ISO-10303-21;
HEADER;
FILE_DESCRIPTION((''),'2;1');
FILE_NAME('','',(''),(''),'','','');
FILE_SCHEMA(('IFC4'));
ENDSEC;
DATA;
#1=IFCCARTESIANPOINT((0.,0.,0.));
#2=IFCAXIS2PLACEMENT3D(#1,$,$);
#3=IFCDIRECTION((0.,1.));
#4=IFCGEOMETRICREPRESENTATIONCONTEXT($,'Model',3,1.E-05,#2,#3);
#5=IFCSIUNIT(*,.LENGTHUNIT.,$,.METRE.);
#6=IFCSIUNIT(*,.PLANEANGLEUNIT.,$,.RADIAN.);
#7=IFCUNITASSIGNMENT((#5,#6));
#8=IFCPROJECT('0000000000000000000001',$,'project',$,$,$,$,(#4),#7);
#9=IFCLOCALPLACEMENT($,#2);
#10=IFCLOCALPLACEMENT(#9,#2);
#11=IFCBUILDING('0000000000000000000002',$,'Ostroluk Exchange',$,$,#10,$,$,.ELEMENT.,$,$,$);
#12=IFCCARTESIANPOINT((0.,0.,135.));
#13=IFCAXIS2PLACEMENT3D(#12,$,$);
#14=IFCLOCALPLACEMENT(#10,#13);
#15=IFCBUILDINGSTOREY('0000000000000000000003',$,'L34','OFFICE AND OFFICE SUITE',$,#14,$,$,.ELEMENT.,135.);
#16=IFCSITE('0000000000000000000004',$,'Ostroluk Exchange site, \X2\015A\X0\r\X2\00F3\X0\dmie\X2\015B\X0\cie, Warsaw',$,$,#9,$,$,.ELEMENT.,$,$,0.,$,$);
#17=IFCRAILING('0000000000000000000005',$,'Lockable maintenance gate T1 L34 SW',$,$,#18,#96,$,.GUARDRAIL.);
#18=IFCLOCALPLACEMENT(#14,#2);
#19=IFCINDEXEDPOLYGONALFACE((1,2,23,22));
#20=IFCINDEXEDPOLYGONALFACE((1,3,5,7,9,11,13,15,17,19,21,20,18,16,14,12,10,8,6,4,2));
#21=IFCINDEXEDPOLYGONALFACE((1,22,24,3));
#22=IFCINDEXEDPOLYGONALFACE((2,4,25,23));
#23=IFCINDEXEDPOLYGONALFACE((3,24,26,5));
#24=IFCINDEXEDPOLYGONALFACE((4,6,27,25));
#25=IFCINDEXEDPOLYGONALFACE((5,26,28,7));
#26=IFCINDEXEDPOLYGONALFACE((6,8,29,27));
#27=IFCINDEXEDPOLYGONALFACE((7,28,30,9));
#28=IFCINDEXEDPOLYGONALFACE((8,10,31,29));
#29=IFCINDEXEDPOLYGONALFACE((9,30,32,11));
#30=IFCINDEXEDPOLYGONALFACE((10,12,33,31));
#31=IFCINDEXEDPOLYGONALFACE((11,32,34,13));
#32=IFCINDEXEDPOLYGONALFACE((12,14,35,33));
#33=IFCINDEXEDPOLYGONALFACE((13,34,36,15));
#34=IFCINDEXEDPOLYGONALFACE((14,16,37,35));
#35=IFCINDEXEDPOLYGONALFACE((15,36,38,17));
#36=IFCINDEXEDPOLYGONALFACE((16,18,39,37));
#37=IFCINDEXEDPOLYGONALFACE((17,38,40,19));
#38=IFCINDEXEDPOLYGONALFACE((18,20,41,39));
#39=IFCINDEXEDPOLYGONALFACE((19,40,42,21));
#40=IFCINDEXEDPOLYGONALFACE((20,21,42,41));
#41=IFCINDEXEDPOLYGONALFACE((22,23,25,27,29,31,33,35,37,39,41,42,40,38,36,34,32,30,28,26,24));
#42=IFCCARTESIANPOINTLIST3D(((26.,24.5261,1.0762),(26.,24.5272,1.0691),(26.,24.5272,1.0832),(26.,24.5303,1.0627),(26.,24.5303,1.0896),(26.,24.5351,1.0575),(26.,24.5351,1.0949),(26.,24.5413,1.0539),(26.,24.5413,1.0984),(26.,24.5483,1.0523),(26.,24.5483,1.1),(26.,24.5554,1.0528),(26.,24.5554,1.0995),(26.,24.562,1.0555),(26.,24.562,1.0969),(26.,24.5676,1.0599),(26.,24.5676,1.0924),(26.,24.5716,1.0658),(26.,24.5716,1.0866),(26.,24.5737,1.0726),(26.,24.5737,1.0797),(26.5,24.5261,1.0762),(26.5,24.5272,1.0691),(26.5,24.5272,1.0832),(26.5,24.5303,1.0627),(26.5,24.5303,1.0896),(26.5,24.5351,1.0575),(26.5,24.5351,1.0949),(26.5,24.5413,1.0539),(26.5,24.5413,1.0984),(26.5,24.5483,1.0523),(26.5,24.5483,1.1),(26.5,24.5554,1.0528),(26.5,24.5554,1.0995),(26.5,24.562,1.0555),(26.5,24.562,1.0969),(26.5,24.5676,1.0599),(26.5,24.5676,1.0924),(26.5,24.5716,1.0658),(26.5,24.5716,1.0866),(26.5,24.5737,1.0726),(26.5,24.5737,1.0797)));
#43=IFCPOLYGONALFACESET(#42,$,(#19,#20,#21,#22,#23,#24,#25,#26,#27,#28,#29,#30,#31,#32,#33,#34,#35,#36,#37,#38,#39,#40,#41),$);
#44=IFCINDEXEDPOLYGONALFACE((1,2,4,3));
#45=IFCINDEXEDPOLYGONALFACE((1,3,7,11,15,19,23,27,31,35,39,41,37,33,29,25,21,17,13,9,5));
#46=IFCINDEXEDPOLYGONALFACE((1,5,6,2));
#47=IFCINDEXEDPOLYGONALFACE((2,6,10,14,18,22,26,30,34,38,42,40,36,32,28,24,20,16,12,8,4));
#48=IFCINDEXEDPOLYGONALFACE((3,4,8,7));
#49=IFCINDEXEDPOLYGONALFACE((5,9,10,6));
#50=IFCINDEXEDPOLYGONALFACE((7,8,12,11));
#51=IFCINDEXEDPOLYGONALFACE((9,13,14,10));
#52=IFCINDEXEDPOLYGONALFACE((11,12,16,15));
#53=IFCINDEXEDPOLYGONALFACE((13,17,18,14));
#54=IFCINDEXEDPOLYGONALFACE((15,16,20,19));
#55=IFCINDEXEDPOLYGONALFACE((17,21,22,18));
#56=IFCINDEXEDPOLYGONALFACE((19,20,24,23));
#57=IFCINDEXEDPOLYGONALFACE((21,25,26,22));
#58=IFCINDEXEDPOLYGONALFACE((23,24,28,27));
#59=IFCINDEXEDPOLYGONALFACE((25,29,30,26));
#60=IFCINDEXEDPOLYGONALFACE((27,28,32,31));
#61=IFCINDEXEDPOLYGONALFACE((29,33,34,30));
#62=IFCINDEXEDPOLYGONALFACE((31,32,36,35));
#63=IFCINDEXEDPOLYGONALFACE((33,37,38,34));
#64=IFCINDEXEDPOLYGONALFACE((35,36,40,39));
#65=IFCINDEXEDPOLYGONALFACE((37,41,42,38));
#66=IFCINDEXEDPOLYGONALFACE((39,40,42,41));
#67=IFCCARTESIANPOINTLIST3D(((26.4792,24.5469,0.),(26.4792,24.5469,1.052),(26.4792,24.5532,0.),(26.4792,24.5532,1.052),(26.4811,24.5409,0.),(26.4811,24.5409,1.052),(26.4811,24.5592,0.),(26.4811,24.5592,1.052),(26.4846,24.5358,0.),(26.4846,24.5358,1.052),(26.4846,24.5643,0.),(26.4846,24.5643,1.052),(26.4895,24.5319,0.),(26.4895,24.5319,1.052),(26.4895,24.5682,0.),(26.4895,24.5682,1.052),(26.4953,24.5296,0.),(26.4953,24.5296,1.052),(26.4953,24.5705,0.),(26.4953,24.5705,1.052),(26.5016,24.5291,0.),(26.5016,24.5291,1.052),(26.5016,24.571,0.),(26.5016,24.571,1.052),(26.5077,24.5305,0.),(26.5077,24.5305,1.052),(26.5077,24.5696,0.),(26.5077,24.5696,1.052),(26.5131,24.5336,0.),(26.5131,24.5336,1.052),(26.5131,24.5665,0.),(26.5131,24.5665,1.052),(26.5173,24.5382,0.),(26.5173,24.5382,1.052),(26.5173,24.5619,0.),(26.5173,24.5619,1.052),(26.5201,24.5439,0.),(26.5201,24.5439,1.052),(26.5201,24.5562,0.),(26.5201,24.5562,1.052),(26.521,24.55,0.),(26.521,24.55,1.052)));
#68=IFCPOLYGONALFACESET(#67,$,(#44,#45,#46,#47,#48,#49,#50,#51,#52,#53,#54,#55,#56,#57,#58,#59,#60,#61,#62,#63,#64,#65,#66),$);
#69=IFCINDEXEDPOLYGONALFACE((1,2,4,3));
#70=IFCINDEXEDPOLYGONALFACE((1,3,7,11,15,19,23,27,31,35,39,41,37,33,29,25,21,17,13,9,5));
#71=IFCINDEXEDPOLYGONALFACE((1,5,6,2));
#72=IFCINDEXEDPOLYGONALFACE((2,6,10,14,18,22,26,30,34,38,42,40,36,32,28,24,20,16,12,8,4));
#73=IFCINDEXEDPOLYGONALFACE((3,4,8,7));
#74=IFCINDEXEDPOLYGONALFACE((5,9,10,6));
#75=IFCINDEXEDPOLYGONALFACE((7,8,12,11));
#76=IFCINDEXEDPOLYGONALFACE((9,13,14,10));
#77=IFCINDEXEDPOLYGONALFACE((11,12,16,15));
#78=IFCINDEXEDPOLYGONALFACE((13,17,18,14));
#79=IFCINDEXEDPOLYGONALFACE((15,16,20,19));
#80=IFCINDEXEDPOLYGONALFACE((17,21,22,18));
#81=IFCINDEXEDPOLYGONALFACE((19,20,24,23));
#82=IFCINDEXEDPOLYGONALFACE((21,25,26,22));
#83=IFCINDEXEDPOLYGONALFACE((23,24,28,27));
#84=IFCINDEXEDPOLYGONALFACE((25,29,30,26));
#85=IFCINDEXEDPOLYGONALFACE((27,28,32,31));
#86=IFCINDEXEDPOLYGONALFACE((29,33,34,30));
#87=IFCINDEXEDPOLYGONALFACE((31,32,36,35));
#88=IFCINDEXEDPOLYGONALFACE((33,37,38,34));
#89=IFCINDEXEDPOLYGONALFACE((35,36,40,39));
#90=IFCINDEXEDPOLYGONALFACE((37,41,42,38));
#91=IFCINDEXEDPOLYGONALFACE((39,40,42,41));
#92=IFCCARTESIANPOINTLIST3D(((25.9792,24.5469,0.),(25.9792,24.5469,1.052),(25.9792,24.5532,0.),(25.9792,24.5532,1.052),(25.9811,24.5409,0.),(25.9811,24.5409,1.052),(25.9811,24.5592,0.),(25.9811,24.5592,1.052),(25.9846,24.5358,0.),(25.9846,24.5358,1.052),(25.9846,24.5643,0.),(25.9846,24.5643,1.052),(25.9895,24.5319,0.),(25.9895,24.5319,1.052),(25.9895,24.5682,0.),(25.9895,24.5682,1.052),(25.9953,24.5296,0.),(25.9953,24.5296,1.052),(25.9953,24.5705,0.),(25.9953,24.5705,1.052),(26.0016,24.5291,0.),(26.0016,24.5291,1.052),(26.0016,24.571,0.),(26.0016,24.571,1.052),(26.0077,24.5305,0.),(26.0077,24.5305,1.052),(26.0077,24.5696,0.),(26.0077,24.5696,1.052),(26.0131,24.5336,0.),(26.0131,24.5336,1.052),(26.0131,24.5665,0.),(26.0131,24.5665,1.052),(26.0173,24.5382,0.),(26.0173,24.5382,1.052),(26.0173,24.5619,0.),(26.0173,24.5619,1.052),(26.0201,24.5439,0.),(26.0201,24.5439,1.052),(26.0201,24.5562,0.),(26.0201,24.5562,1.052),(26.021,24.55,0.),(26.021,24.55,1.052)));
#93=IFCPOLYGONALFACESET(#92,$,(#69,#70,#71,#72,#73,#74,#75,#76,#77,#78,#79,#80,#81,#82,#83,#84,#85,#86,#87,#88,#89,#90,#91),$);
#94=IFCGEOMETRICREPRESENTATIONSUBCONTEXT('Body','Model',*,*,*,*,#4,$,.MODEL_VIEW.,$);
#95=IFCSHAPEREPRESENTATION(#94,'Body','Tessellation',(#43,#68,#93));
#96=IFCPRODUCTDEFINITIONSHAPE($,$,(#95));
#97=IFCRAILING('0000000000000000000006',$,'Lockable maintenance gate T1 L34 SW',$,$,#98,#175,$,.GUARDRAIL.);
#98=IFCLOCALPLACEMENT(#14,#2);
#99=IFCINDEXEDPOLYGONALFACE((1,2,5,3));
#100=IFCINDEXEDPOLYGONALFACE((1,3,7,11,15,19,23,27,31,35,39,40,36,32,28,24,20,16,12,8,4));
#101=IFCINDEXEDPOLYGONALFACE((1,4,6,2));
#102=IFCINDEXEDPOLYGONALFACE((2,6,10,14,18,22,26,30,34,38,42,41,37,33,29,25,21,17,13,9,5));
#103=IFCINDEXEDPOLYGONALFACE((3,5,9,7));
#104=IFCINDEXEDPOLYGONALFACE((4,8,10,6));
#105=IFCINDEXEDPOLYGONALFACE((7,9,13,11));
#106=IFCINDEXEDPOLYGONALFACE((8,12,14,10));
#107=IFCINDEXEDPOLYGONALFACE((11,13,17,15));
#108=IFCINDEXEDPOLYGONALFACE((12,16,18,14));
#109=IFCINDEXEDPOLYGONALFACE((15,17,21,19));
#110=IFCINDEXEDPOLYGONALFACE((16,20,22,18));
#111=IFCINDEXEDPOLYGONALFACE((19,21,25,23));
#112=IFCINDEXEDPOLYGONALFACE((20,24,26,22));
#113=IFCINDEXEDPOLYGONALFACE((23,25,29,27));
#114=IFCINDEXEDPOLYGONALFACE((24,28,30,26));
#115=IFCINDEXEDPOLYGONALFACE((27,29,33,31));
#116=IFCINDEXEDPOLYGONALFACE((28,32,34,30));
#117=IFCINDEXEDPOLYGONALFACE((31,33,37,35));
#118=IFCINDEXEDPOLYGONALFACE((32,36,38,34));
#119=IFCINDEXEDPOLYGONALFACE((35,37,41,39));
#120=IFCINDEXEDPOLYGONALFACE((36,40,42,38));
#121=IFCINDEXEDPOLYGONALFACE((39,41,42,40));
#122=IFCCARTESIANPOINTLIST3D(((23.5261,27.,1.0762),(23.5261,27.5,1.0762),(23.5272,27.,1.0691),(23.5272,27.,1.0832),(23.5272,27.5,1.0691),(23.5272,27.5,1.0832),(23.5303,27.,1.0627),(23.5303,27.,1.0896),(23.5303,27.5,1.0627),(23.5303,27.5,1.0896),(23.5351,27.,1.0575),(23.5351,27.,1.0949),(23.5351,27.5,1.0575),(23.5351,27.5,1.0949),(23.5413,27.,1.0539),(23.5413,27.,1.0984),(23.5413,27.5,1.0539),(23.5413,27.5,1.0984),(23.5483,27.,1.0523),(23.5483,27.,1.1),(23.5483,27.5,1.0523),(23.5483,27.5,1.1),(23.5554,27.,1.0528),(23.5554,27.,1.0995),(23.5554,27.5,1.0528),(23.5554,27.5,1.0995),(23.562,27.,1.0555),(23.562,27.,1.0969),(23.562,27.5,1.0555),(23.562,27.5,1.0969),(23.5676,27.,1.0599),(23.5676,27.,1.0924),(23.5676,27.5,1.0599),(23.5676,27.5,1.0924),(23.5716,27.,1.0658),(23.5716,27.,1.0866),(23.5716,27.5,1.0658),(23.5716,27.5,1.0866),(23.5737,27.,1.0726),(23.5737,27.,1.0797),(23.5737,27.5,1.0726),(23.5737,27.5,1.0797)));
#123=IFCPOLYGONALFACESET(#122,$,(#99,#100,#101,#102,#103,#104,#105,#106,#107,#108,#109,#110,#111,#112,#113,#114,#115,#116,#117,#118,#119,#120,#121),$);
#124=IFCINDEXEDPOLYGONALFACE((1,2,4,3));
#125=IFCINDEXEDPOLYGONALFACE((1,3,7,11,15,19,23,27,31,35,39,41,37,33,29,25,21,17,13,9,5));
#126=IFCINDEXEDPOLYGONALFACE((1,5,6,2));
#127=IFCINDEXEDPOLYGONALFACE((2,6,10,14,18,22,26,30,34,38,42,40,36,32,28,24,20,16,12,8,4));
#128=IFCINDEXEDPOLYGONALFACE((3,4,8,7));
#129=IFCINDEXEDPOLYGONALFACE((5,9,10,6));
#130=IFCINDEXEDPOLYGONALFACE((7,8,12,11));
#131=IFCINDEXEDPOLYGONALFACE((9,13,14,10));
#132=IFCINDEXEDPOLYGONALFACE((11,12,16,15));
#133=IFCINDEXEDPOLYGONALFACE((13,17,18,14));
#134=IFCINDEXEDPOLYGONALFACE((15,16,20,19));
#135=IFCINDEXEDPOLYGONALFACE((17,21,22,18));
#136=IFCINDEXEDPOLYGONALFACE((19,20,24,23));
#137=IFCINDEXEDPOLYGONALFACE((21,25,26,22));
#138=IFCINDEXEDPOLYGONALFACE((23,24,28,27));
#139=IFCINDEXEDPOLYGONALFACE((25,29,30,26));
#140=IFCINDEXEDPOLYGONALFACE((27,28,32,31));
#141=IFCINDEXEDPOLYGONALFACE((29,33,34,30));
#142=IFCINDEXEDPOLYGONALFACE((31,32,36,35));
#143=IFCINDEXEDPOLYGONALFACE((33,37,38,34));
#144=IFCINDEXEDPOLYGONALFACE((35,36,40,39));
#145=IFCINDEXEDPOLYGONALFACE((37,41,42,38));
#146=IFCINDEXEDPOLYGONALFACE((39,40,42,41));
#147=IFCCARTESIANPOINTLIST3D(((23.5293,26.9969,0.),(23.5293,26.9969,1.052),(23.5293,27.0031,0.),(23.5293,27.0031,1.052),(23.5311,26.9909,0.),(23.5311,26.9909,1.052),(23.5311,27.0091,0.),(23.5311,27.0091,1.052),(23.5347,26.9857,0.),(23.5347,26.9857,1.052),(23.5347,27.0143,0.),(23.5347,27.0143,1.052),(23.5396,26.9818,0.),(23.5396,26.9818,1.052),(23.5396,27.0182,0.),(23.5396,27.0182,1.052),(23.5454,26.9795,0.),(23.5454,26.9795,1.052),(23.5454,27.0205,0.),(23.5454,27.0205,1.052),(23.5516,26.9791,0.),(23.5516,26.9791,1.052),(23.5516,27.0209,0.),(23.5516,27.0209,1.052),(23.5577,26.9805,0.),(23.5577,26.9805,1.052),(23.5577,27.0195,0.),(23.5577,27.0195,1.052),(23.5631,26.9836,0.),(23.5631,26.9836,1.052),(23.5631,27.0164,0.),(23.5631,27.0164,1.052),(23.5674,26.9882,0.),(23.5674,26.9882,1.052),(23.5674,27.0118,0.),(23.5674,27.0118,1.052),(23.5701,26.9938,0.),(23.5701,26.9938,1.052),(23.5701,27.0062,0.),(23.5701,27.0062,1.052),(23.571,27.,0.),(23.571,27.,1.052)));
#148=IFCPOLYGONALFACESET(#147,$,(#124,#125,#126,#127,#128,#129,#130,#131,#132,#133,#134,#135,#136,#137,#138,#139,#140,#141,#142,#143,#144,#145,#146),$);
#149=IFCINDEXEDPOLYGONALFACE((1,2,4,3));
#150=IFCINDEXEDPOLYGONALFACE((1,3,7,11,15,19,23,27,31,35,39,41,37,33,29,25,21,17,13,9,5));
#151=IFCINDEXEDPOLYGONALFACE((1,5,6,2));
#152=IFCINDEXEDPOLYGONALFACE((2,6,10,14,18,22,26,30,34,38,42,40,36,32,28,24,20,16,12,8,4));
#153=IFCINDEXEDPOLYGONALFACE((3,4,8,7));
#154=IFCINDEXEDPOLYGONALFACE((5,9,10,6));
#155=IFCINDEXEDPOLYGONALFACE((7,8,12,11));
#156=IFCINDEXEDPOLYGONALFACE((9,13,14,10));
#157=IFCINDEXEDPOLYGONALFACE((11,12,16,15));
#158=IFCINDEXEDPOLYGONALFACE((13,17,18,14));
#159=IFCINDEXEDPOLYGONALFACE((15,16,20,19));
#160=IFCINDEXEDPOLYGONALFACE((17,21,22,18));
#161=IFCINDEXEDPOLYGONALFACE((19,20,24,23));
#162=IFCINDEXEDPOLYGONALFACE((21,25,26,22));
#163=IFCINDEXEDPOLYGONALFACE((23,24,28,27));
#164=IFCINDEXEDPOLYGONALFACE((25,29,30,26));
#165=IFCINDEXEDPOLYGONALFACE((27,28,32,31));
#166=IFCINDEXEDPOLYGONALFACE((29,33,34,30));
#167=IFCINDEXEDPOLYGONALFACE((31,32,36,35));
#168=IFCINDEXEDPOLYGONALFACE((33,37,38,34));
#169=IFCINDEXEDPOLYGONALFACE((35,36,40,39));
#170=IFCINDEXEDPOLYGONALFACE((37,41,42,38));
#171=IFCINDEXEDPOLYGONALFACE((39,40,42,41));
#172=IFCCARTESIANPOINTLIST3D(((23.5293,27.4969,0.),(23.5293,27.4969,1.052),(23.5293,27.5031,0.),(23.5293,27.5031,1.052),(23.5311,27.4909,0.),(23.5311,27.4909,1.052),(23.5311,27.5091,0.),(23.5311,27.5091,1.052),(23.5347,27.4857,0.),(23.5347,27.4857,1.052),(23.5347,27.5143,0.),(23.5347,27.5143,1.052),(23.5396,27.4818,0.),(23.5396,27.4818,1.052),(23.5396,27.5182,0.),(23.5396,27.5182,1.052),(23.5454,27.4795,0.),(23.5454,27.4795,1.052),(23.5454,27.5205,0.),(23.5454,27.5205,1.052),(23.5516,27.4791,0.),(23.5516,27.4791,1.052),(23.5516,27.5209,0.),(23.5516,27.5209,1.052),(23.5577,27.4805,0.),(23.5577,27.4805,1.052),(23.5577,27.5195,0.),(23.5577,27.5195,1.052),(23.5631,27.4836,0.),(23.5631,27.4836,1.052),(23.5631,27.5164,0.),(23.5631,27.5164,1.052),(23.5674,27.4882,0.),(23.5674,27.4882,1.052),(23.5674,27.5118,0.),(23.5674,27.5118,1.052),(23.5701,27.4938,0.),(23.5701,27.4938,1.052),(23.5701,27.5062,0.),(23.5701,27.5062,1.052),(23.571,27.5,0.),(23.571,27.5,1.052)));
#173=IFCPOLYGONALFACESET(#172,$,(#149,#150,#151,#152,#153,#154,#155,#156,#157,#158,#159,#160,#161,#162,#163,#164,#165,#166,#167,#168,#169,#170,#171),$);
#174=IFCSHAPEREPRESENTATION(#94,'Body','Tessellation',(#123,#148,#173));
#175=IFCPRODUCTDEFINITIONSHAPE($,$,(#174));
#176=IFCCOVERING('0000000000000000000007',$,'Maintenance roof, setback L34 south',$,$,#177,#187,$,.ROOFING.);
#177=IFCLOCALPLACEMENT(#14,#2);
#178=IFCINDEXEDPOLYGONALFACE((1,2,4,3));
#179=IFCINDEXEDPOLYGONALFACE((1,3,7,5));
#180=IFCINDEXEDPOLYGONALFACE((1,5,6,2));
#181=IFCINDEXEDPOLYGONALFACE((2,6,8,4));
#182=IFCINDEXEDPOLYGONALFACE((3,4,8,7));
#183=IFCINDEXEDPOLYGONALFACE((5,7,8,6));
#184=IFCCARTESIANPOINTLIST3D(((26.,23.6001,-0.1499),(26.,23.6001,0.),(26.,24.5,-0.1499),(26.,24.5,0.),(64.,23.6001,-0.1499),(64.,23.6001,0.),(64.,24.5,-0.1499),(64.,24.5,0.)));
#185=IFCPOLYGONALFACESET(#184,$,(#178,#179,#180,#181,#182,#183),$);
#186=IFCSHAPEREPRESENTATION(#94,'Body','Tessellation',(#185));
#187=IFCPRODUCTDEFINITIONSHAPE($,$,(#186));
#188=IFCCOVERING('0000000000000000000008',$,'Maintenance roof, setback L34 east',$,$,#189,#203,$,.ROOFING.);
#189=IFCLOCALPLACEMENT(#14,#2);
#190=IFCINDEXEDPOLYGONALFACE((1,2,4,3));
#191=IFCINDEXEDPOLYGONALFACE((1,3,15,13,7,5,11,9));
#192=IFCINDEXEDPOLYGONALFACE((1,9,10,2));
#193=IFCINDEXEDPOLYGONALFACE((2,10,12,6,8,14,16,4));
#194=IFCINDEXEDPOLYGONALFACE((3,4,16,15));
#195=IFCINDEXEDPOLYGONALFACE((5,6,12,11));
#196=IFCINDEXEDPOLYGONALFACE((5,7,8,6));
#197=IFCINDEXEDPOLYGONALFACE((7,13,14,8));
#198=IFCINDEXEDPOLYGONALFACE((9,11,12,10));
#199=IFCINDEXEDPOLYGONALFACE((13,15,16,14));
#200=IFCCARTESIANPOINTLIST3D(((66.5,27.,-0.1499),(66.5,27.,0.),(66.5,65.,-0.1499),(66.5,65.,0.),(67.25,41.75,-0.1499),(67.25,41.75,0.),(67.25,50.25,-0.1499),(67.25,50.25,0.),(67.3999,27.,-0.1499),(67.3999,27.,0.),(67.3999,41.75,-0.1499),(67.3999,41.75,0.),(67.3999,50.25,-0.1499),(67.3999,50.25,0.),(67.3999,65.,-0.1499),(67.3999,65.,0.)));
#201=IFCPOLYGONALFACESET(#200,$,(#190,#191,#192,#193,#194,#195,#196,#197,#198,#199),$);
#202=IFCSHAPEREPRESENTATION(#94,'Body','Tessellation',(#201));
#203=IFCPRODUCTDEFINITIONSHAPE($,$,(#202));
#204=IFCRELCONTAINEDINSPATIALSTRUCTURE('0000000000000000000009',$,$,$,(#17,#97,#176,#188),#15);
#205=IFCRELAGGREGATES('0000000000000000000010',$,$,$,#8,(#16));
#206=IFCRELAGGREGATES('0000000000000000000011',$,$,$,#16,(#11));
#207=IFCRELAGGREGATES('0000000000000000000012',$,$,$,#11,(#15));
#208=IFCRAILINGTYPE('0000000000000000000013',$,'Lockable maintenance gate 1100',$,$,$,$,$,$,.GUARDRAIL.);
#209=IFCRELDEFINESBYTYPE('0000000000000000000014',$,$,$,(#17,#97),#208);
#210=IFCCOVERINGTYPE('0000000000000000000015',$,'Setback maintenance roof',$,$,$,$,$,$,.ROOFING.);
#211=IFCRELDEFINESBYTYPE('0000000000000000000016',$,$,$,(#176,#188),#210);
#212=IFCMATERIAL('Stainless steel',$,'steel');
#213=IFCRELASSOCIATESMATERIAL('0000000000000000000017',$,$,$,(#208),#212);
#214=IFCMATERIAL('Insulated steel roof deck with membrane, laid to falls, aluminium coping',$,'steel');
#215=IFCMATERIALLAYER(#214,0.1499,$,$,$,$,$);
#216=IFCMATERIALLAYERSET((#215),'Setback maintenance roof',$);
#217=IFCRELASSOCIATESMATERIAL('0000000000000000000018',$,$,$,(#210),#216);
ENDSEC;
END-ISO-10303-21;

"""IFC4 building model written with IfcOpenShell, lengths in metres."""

from ifc_helpers import new_model, si_unit, direction, frame, origin, origin_2d, place, context, subcontext, project, spatial, polyline, circle, outline, extrude, material, layer, layer_set, type_object, element, save


model = new_model("IFC4")

# Units and contexts
model_context = context("Model", 3, precision=1e-05, world=origin(), true_north=direction((0.0, 1.0)))
body_context = subcontext(model_context, "Body", "Model", "MODEL_VIEW")
ifc_project = project(units=[si_unit("LENGTHUNIT", "METRE"), si_unit("PLANEANGLEUNIT", "RADIAN")], contexts=[model_context])

# Site, building, storey
site_placement = place(None, origin())
site = spatial("IfcSite", under=ifc_project, at=site_placement, Name="Ostroluk Exchange site, Śródmieście, Warsaw", CompositionType="ELEMENT", RefElevation=0.0)
building_placement = place(site_placement, origin())
building = spatial("IfcBuilding", under=site, at=building_placement, Name="Ostroluk Exchange", CompositionType="ELEMENT")
storey_placement = place(building_placement, frame((0.0, 0.0, 135.0)))
storey = spatial("IfcBuildingStorey", under=building, at=storey_placement, Name="L34", Description="OFFICE AND OFFICE SUITE", CompositionType="ELEMENT", Elevation=135.0)

# Railings
ifc_material_1 = material(Name="Stainless steel", Category="steel")
railing_type_1 = type_object("IfcRailingType", Name="Lockable maintenance gate 1100", PredefinedType="GUARDRAIL", material=ifc_material_1)
railing_1_placement = place(storey_placement, frame((26.5, 24.55, 0.0)))
element("IfcRailing", 1, at=railing_1_placement, inside=storey, type_object=railing_type_1, Name="Lockable maintenance gate T1 L34 SW", PredefinedType="GUARDRAIL", context=body_context, shape_type="SweptSolid", body=[
    extrude(circle(Radius=0.0239, at=origin_2d()), frame((0.0, 0.0, 1.0762), z_axis=(-1.0, 0.0, 0.0), x_axis=(0.0, -1.0, 0.0)), (0.0, 0.0, 1.0), 0.5),
    extrude(circle(Radius=0.021, at=origin_2d()), origin(), (0.0, 0.0, 1.0), 1.052),
    extrude(circle(Radius=0.021, at=origin_2d()), frame((-0.5, 0.0, 0.0)), (0.0, 0.0, 1.0), 1.052),
])
railing_2_placement = place(storey_placement, frame((23.55, 27.0, 0.0)))
element("IfcRailing", 2, at=railing_2_placement, inside=storey, type_object=railing_type_1, Name="Lockable maintenance gate T1 L34 SW", PredefinedType="GUARDRAIL", context=body_context, shape_type="SweptSolid", body=[
    extrude(circle(Radius=0.0239, at=origin_2d()), frame((0.0, 0.0, 1.0762), z_axis=(0.0, 1.0, 0.0), x_axis=(-1.0, 0.0, 0.0)), (0.0, 0.0, 1.0), 0.5),
    extrude(circle(Radius=0.021, at=origin_2d()), origin(), (0.0, 0.0, 1.0), 1.052),
    extrude(circle(Radius=0.021, at=origin_2d()), frame((0.0, 0.5, 0.0)), (0.0, 0.0, 1.0), 1.052),
])

# Coverings
ifc_material_2 = material(Name="Insulated steel roof deck with membrane, laid to falls, aluminium coping", Category="steel")
ifc_layer_1 = layer(ifc_material_2, 0.1499)
ifc_layer_set_1 = layer_set([ifc_layer_1], Name="Setback maintenance roof")
covering_type = type_object("IfcCoveringType", Name="Setback maintenance roof", PredefinedType="ROOFING", material=ifc_layer_set_1)
covering_1_placement = place(storey_placement, frame((0.0, 0.0, -0.1499)))
element("IfcCovering", 3, at=covering_1_placement, inside=storey, type_object=covering_type, Name="Maintenance roof, setback L34 south", PredefinedType="ROOFING", context=body_context, shape_type="SweptSolid", body=[
    extrude(outline(polyline([(26.0, 24.5), (64.0, 24.5), (64.0, 23.6001), (26.0, 23.6001), (26.0, 24.5)])), origin(), (0.0, 0.0, 1.0), 0.1499),
])
covering_2_placement = place(storey_placement, frame((0.0, 0.0, -0.1499)))
element("IfcCovering", 4, at=covering_2_placement, inside=storey, type_object=covering_type, Name="Maintenance roof, setback L34 east", PredefinedType="ROOFING", context=body_context, shape_type="SweptSolid", body=[
    extrude(outline(polyline([(66.5, 65.0), (67.3999, 65.0), (67.3999, 50.25), (67.25, 50.25), (67.25, 41.75), (67.3999, 41.75), (67.3999, 27.0), (66.5, 27.0), (66.5, 65.0)])), origin(), (0.0, 0.0, 1.0), 0.1499),
])

save(model, "model.ifc")
